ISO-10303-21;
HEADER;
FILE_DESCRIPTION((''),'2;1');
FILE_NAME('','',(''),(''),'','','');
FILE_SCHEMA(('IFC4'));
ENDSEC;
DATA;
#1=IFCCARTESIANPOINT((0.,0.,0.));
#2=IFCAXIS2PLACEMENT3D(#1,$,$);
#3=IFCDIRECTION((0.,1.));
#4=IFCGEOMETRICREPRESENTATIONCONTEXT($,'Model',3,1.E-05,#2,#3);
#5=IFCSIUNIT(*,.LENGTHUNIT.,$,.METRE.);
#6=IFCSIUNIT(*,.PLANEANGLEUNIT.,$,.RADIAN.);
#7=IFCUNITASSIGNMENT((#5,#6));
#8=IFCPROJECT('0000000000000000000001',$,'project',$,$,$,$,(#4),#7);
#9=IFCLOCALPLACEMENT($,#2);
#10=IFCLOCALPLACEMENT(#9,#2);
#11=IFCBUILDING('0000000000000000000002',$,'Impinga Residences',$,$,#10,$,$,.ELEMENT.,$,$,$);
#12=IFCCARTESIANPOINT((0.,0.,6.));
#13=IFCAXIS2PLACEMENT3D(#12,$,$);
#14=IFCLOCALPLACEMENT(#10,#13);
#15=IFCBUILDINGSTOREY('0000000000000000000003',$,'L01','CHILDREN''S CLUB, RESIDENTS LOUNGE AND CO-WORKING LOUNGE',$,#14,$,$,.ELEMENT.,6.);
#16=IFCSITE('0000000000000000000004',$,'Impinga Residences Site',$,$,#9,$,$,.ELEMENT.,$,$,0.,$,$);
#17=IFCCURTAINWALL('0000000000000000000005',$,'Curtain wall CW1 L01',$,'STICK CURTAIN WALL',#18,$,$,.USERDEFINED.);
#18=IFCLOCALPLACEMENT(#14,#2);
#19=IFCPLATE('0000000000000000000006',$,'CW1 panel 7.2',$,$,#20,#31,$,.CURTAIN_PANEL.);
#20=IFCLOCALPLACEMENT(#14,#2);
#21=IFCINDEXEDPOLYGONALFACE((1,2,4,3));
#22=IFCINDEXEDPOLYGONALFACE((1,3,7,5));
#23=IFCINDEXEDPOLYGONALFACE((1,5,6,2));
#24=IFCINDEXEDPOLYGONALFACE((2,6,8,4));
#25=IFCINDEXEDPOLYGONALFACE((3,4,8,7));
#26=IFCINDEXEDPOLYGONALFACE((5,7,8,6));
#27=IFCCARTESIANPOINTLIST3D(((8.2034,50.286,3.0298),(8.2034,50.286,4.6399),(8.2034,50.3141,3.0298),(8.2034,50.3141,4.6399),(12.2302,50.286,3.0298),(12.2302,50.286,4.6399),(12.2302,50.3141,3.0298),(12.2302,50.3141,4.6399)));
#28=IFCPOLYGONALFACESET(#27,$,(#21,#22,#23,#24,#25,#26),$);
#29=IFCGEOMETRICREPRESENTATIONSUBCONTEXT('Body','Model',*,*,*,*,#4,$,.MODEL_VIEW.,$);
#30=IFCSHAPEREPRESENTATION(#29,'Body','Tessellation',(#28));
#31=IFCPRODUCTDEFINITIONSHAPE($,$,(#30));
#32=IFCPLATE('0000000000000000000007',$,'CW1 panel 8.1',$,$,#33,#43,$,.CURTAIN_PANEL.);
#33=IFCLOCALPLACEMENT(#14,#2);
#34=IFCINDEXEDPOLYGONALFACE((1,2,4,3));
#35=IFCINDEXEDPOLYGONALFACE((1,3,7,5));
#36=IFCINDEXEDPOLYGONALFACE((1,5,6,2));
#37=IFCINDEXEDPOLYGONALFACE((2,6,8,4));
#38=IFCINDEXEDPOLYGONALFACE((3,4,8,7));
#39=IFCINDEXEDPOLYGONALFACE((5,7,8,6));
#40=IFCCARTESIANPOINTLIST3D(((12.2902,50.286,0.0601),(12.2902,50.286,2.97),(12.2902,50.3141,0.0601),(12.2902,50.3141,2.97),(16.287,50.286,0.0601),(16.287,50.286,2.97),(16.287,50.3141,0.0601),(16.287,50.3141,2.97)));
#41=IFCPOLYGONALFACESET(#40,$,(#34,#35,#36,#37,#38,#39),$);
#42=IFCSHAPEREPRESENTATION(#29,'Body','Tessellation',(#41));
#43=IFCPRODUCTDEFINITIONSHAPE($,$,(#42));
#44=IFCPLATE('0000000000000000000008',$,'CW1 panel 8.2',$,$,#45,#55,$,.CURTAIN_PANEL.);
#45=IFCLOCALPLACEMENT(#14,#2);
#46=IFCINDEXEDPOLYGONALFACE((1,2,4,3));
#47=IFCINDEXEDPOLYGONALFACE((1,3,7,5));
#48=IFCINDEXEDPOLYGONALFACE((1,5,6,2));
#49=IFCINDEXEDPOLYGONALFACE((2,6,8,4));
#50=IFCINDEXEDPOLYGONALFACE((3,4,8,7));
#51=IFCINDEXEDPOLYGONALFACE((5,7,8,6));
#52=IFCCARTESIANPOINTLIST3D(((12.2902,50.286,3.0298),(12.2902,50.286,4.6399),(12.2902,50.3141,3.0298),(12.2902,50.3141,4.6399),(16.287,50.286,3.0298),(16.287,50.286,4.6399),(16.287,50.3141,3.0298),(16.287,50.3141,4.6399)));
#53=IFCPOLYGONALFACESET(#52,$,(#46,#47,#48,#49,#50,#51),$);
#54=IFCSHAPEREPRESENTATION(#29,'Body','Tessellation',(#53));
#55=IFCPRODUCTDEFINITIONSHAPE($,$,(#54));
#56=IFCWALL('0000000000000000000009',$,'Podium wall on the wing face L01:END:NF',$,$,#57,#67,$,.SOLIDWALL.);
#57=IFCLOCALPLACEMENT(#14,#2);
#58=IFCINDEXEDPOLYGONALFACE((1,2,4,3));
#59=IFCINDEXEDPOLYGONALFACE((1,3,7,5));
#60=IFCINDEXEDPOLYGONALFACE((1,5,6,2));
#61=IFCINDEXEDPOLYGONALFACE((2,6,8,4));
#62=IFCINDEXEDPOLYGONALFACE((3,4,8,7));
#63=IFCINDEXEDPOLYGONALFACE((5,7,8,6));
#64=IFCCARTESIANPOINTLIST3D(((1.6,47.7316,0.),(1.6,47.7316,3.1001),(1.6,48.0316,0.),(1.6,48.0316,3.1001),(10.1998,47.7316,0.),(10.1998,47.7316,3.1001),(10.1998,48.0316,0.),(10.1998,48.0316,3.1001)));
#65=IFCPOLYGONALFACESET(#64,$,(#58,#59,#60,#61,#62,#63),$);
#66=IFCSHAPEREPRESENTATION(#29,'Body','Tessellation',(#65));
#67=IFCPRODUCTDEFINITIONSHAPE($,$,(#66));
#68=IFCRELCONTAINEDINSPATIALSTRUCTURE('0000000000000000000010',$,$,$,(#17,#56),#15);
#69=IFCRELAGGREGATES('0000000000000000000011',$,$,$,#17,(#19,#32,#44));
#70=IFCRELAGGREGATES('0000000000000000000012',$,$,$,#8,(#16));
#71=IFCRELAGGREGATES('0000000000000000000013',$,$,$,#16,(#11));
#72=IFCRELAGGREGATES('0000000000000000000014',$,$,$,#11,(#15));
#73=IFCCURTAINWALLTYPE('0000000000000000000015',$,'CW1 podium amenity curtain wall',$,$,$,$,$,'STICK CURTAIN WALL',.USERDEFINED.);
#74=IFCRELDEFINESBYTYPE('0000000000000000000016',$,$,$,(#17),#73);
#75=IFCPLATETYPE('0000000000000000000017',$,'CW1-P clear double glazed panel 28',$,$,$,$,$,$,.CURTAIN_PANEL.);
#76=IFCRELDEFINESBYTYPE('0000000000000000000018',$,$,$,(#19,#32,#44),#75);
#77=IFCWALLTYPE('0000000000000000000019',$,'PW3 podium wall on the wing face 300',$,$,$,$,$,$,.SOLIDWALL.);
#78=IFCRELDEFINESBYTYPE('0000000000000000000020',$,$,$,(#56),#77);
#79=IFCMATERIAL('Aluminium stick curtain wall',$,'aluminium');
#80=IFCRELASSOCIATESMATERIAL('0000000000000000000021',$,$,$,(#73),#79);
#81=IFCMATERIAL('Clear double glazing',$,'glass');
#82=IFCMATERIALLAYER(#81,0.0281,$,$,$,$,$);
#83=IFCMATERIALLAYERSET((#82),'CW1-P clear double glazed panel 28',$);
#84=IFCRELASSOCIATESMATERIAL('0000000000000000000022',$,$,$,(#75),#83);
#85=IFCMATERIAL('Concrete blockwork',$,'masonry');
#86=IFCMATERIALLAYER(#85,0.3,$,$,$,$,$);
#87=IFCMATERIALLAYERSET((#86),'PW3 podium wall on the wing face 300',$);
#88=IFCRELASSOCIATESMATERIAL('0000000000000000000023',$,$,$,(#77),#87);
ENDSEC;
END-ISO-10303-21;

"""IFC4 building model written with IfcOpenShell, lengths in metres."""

from ifc_helpers import new_model, si_unit, direction, frame, frame_2d, origin, origin_2d, place, context, subcontext, project, spatial, rectangle, extrude, material, layer, layer_set, type_object, element, aggregate, save


model = new_model("IFC4")

# Units and contexts
model_context = context("Model", 3, precision=1e-05, world=origin(), true_north=direction((0.0, 1.0)))
body_context = subcontext(model_context, "Body", "Model", "MODEL_VIEW")
ifc_project = project(units=[si_unit("LENGTHUNIT", "METRE"), si_unit("PLANEANGLEUNIT", "RADIAN")], contexts=[model_context])

# Site, building, storey
site_placement = place(None, origin())
site = spatial("IfcSite", under=ifc_project, at=site_placement, Name="Impinga Residences Site", CompositionType="ELEMENT", RefElevation=0.0)
building_placement = place(site_placement, origin())
building = spatial("IfcBuilding", under=site, at=building_placement, Name="Impinga Residences", CompositionType="ELEMENT")
storey_placement = place(building_placement, frame((0.0, 0.0, 6.0)))
storey = spatial("IfcBuildingStorey", under=building, at=storey_placement, Name="L01", Description="CHILDREN'S CLUB, RESIDENTS LOUNGE AND CO-WORKING LOUNGE", CompositionType="ELEMENT", Elevation=6.0)

# Curtain wall
ifc_material_1 = material(Name="Aluminium stick curtain wall", Category="aluminium")
curtain_wall_type = type_object("IfcCurtainWallType", Name="CW1 podium amenity curtain wall", ElementType="STICK CURTAIN WALL", PredefinedType="USERDEFINED", material=ifc_material_1)
curtain_wall_placement = place(storey_placement, origin())
curtain_wall = element("IfcCurtainWall", 1, at=curtain_wall_placement, inside=storey, type_object=curtain_wall_type, Name="Curtain wall CW1 L01", ObjectType="STICK CURTAIN WALL", PredefinedType="USERDEFINED")

# Plates
ifc_material_2 = material(Name="Clear double glazing", Category="glass")
ifc_layer_1 = layer(ifc_material_2, 0.0281)
ifc_layer_set_1 = layer_set([ifc_layer_1], Name="CW1-P clear double glazed panel 28")
plate_type = type_object("IfcPlateType", Name="CW1-P clear double glazed panel 28", PredefinedType="CURTAIN_PANEL", material=ifc_layer_set_1)
plate_1_placement = place(storey_placement, frame((10.2168, 50.3, 3.0298), z_axis=(0.0, 0.0, 1.0), x_axis=(1.0, 0.0, 0.0)))
plate_1 = element("IfcPlate", 2, at=plate_1_placement, type_object=plate_type, Name="CW1 panel 7.2", PredefinedType="CURTAIN_PANEL", context=body_context, shape_type="SweptSolid", body=[
    extrude(rectangle(XDim=4.0269, YDim=0.0281, at=origin_2d()), origin(), (0.0, 0.0, 1.0), 1.6101),
])
plate_2_placement = place(storey_placement, frame((14.2886, 50.3, 0.0601), z_axis=(0.0, 0.0, 1.0), x_axis=(1.0, 0.0, 0.0)))
plate_2 = element("IfcPlate", 3, at=plate_2_placement, type_object=plate_type, Name="CW1 panel 8.1", PredefinedType="CURTAIN_PANEL", context=body_context, shape_type="SweptSolid", body=[
    extrude(rectangle(XDim=3.9968, YDim=0.0281, at=origin_2d()), origin(), (0.0, 0.0, 1.0), 2.9099),
])
plate_3_placement = place(storey_placement, frame((14.2886, 50.3, 3.0298), z_axis=(0.0, 0.0, 1.0), x_axis=(1.0, 0.0, 0.0)))
plate_3 = element("IfcPlate", 4, at=plate_3_placement, type_object=plate_type, Name="CW1 panel 8.2", PredefinedType="CURTAIN_PANEL", context=body_context, shape_type="SweptSolid", body=[
    extrude(rectangle(XDim=3.9968, YDim=0.0281, at=origin_2d()), origin(), (0.0, 0.0, 1.0), 1.6101),
])
aggregate(curtain_wall, [plate_1, plate_2, plate_3])

# Wall
ifc_material_3 = material(Name="Concrete blockwork", Category="masonry")
ifc_layer_2 = layer(ifc_material_3, 0.3)
ifc_layer_set_2 = layer_set([ifc_layer_2], Name="PW3 podium wall on the wing face 300")
wall_type = type_object("IfcWallType", Name="PW3 podium wall on the wing face 300", PredefinedType="SOLIDWALL", material=ifc_layer_set_2)
wall_placement = place(storey_placement, frame((1.6001, 47.8816, 0.0), z_axis=(0.0, 0.0, 1.0), x_axis=(1.0, 0.0, 0.0)))
element("IfcWall", 5, at=wall_placement, inside=storey, type_object=wall_type, Name="Podium wall on the wing face L01:END:NF", PredefinedType="SOLIDWALL", context=body_context, shape_type="SweptSolid", body=[
    extrude(rectangle(XDim=8.5999, YDim=0.3, at=frame_2d((4.2998, 0.0))), origin(), (0.0, 0.0, 1.0), 3.1001),
])

save(model, "model.ifc")
